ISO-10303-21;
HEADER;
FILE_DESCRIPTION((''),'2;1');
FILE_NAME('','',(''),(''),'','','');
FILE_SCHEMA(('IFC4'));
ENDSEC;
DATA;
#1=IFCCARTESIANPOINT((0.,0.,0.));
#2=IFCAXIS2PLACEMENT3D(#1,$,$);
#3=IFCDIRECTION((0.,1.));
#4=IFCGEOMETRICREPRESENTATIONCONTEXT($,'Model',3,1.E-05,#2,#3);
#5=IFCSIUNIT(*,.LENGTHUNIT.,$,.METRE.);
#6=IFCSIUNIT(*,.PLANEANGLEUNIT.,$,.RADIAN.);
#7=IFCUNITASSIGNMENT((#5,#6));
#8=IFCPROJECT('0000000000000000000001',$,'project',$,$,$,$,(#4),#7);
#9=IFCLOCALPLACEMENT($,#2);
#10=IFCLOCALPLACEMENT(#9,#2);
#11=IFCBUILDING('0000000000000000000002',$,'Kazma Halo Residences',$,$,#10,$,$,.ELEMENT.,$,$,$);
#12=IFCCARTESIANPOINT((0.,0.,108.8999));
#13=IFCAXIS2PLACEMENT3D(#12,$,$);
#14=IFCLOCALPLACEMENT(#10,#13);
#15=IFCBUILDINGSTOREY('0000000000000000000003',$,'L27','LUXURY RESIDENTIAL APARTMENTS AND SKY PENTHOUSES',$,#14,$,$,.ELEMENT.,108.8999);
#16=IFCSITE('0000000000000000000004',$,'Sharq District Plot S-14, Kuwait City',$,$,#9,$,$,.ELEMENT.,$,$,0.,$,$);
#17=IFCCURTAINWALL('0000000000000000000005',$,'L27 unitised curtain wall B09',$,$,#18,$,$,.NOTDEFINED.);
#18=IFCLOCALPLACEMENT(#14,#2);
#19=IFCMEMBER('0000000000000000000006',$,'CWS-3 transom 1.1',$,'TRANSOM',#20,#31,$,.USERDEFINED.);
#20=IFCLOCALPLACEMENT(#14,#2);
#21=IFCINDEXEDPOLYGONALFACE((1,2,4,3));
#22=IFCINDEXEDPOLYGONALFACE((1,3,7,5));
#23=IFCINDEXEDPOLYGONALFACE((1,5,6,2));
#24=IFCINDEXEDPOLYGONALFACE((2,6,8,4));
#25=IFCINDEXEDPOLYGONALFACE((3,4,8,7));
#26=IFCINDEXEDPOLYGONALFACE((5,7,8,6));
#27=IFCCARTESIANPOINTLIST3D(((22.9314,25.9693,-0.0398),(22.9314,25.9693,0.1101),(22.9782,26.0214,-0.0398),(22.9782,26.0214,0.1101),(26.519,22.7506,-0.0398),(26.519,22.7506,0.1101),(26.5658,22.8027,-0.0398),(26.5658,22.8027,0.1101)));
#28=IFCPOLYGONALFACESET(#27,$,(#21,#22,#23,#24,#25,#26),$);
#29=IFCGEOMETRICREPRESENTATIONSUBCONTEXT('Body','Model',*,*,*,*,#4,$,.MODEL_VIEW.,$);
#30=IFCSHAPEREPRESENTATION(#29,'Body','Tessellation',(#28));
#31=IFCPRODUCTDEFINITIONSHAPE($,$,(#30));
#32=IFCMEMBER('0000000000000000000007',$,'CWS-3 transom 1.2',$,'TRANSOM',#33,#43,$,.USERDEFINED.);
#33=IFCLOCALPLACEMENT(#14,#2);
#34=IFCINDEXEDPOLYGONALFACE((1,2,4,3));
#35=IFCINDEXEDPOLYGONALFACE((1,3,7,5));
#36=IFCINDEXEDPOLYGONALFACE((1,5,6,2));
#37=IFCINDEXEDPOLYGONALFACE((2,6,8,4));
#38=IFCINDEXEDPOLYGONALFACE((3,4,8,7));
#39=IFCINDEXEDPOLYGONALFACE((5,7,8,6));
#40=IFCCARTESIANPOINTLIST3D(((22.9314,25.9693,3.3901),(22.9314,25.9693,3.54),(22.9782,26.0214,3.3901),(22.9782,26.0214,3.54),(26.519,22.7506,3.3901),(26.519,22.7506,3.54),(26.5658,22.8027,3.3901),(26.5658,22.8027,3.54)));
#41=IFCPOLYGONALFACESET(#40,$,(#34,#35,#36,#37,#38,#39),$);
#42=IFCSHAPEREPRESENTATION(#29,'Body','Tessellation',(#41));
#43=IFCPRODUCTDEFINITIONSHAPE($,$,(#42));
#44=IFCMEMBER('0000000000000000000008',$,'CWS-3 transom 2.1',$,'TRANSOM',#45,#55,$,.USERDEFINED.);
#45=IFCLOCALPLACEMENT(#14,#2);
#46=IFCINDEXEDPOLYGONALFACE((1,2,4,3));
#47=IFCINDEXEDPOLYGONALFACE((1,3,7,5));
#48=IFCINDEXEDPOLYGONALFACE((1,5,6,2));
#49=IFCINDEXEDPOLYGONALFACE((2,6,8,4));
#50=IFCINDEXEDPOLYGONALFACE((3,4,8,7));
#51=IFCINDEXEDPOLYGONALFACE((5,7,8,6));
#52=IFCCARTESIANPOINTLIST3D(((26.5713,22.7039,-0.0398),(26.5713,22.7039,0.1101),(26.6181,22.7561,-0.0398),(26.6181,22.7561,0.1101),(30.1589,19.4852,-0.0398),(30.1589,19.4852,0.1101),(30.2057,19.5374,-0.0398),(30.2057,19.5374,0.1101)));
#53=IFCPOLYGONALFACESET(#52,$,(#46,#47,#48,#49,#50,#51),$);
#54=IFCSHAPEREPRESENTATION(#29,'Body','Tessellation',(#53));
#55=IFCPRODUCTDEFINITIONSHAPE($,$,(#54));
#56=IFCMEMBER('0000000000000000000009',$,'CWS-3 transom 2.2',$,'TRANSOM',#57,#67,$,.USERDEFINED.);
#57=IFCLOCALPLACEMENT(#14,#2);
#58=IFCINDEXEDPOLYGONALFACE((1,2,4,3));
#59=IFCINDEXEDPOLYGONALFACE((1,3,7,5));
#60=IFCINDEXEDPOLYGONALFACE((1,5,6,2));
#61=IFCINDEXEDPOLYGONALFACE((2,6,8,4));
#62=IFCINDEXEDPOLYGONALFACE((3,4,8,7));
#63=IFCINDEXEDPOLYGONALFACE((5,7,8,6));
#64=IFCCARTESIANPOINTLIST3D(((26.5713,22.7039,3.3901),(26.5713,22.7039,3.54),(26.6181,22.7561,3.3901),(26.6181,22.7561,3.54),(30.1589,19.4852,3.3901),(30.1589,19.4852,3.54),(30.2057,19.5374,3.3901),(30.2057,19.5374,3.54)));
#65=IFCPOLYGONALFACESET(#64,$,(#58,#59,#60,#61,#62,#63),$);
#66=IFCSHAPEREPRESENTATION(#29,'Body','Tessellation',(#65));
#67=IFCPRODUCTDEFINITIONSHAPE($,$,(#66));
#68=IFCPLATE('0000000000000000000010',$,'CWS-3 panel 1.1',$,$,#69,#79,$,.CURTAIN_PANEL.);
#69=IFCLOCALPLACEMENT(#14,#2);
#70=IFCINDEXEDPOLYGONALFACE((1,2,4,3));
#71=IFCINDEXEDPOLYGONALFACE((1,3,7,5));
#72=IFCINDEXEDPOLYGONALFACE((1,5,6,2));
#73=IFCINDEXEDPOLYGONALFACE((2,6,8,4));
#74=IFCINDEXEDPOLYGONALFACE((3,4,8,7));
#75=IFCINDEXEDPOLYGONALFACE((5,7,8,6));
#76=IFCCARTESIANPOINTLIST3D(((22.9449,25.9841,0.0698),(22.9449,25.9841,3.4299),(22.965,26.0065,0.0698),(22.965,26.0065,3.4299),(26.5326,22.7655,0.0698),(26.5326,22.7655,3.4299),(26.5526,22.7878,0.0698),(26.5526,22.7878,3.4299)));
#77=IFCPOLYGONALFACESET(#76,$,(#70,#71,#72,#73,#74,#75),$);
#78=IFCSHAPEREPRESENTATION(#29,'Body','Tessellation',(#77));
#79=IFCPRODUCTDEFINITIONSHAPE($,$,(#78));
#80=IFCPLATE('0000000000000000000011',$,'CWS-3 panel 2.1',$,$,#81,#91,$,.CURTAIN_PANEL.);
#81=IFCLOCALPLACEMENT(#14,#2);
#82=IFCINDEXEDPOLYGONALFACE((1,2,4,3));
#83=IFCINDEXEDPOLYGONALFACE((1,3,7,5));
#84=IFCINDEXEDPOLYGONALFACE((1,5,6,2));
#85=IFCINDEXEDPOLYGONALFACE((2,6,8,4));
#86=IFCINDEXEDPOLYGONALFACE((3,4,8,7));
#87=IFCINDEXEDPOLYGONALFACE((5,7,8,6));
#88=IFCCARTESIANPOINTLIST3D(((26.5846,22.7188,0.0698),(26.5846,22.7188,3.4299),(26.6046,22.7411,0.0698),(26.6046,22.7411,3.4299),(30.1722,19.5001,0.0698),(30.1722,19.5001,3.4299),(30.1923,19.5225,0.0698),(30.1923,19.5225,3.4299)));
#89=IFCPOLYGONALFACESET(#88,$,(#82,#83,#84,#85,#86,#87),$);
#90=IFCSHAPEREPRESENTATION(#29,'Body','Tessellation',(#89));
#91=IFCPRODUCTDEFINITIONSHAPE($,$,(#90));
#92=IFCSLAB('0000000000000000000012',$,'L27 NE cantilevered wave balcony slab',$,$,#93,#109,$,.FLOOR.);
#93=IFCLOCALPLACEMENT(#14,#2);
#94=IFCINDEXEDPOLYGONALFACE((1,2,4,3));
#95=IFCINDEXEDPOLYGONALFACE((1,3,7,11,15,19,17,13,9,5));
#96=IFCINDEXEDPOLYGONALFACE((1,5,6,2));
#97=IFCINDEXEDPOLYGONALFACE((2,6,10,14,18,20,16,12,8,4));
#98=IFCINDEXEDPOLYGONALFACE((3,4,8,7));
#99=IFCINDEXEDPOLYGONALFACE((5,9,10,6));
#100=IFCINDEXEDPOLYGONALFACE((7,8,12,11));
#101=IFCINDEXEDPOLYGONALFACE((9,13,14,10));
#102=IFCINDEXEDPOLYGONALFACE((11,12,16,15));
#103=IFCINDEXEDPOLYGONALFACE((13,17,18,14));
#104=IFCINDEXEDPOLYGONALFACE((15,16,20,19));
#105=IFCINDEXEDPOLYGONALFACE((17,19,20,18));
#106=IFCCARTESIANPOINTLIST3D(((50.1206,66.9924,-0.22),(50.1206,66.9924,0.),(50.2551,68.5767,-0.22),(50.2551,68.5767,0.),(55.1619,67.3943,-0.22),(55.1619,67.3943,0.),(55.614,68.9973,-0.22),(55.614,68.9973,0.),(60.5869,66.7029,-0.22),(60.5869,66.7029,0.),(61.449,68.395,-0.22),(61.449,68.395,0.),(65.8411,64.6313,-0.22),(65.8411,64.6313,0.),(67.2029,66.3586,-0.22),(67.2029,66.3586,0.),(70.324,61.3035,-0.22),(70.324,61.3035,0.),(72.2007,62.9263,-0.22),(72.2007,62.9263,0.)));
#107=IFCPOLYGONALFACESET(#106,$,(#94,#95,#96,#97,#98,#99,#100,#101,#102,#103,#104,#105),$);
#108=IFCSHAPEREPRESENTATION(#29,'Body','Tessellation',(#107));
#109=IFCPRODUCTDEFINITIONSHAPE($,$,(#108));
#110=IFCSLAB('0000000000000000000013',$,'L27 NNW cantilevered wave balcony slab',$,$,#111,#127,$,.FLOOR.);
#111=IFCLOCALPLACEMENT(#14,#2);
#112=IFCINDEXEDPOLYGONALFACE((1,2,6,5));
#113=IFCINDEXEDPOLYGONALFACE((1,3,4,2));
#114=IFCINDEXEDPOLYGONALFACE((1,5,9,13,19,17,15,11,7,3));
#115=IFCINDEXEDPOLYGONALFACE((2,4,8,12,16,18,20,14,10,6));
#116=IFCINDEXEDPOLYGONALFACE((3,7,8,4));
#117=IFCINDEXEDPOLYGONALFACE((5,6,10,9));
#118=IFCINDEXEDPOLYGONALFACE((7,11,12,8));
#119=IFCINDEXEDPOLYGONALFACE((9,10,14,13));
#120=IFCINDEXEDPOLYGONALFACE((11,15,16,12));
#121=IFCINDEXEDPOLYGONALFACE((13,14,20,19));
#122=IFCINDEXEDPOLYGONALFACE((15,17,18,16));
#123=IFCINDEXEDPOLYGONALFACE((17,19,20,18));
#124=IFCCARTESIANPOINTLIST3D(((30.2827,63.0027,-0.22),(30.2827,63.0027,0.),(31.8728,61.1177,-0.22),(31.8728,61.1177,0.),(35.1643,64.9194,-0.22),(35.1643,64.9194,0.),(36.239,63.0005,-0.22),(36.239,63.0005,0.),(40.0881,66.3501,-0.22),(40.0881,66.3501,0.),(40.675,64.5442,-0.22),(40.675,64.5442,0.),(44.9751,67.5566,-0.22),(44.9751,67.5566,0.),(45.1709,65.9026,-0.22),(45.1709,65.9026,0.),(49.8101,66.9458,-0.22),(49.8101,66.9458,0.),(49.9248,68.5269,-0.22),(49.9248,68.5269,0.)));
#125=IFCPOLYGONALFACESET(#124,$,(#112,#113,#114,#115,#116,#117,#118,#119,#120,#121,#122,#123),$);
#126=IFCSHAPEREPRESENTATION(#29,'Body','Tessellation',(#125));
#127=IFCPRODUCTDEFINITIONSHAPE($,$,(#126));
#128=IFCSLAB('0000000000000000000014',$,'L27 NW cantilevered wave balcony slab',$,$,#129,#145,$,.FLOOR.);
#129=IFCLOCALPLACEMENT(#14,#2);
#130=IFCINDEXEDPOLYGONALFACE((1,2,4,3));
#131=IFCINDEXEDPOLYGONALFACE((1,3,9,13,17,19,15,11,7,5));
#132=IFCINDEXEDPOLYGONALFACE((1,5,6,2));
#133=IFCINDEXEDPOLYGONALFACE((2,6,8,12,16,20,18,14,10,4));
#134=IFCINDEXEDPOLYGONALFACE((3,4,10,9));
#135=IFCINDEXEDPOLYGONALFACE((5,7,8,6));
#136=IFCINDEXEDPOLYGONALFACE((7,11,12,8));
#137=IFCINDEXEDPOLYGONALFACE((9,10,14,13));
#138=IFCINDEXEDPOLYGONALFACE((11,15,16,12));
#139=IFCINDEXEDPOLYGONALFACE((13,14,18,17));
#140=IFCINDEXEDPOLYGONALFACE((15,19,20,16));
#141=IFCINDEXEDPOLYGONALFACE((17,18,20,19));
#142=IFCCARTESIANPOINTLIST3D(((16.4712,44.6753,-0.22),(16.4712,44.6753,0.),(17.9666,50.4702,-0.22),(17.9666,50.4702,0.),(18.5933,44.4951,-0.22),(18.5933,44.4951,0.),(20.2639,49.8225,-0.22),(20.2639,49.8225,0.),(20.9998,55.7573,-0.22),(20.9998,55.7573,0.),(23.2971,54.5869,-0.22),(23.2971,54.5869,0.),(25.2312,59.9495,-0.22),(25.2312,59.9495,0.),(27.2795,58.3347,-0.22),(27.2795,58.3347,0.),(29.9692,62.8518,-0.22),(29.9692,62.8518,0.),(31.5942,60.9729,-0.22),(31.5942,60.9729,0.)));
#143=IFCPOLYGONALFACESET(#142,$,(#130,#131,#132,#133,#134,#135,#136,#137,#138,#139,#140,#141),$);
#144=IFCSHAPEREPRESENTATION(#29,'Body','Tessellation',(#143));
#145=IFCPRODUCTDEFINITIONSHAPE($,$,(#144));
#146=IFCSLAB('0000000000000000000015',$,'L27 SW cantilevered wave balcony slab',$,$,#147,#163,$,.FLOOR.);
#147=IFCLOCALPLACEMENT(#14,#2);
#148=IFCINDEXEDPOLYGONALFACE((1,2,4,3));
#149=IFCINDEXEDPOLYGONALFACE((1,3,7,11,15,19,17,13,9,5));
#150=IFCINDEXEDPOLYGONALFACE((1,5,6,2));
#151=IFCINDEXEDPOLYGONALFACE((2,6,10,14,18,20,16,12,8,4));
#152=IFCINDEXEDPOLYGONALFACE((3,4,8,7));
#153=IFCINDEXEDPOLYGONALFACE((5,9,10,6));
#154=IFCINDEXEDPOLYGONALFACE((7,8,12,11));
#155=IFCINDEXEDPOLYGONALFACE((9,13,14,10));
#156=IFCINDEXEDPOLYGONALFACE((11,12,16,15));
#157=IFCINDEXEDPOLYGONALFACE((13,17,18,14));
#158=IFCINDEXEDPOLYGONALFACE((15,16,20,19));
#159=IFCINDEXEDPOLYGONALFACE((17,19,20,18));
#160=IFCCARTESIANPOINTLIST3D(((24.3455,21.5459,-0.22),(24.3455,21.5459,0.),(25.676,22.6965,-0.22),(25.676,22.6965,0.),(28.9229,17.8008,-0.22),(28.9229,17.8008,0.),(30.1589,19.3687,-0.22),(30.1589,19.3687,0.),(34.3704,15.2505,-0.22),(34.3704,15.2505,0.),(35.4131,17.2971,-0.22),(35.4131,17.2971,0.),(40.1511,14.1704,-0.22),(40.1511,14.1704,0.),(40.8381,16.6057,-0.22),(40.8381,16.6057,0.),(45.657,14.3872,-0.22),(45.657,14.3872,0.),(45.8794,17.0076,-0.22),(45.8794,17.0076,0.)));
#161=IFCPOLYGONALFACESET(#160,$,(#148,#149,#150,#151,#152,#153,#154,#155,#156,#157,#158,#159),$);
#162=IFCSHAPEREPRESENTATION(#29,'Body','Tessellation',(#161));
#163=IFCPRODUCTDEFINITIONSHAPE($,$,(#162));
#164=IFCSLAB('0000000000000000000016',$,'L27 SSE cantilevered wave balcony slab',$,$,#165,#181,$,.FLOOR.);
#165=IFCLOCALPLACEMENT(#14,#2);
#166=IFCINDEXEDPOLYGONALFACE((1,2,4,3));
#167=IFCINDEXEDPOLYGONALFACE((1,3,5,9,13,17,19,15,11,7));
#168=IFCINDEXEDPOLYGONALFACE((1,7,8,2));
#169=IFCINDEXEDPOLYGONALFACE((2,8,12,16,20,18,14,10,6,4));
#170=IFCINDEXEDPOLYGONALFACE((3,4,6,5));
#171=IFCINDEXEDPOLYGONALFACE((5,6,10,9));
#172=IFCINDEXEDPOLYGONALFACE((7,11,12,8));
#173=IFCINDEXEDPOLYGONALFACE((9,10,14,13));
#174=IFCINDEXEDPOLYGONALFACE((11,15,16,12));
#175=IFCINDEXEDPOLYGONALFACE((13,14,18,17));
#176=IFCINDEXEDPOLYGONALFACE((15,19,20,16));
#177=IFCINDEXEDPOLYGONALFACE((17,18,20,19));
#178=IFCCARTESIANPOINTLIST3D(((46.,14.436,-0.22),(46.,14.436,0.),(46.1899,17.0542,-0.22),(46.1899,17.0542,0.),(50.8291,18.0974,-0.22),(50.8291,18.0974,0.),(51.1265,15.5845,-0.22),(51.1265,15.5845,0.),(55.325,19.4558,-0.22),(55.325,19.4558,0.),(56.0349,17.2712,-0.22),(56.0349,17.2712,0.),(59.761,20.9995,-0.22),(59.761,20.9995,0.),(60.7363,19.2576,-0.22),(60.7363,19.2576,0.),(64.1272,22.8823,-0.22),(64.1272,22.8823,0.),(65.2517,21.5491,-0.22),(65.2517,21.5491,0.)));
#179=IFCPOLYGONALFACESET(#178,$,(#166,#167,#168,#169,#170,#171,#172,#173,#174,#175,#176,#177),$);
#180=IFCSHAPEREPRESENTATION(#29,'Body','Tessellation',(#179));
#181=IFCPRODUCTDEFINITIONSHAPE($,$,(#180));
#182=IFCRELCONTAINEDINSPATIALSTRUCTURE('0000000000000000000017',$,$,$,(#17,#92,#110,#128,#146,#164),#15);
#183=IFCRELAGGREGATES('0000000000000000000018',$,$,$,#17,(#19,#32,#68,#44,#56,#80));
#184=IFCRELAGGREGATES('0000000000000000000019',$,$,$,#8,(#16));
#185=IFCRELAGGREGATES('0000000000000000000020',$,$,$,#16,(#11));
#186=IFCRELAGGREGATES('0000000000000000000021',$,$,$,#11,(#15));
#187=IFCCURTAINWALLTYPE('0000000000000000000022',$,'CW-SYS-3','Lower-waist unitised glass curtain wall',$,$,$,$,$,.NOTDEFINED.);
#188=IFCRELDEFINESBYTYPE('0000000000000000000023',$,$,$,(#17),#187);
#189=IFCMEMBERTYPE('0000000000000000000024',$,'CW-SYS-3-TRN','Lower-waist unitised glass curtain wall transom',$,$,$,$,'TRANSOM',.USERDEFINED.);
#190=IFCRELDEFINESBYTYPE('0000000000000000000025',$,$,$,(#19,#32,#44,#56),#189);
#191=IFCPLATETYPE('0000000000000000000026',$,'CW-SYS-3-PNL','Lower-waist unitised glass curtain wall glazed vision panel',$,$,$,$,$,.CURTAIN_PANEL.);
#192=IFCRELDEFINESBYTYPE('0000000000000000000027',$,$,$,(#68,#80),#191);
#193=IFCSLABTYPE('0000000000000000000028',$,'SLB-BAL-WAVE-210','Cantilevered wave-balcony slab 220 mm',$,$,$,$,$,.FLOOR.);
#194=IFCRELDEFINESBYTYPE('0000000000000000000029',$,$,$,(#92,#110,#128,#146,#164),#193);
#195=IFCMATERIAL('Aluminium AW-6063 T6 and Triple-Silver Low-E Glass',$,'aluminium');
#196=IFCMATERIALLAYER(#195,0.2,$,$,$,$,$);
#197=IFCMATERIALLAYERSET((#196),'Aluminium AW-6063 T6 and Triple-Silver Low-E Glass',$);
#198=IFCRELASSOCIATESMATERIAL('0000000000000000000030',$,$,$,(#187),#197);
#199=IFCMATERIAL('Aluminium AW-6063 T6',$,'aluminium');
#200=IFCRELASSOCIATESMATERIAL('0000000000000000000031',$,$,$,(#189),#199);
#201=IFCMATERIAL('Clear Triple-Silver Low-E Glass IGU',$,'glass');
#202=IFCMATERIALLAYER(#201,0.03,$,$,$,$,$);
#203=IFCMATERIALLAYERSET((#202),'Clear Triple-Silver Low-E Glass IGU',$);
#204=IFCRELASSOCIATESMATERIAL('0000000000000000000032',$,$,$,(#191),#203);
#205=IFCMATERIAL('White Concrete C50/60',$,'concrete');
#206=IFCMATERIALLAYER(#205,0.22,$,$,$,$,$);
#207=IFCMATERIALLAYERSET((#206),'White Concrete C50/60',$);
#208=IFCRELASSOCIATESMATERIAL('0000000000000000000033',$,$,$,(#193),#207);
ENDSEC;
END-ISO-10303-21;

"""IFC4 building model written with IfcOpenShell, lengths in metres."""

from ifc_helpers import new_model, si_unit, direction, frame, origin, origin_2d, place, context, subcontext, project, spatial, polyline, rectangle, outline, extrude, material, layer, layer_set, material_profile, profile_set, type_object, element, aggregate, save


model = new_model("IFC4")

# Units and contexts
model_context = context("Model", 3, precision=1e-05, world=origin(), true_north=direction((0.0, 1.0)))
body_context = subcontext(model_context, "Body", "Model", "MODEL_VIEW")
ifc_project = project(units=[si_unit("LENGTHUNIT", "METRE"), si_unit("PLANEANGLEUNIT", "RADIAN")], contexts=[model_context])

# Site, building, storey
site_placement = place(None, origin())
site = spatial("IfcSite", under=ifc_project, at=site_placement, Name="Sharq District Plot S-14, Kuwait City", CompositionType="ELEMENT", RefElevation=0.0)
building_placement = place(site_placement, origin())
building = spatial("IfcBuilding", under=site, at=building_placement, Name="Kazma Halo Residences", CompositionType="ELEMENT")
storey_placement = place(building_placement, frame((0.0, 0.0, 108.8999)))
storey = spatial("IfcBuildingStorey", under=building, at=storey_placement, Name="L27", Description="LUXURY RESIDENTIAL APARTMENTS AND SKY PENTHOUSES", CompositionType="ELEMENT", Elevation=108.8999)

# Curtain wall, members, plates
ifc_material_1 = material(Name="Aluminium AW-6063 T6 and Triple-Silver Low-E Glass", Category="aluminium")
ifc_layer_1 = layer(ifc_material_1, 0.2)
ifc_layer_set_1 = layer_set([ifc_layer_1], Name="Aluminium AW-6063 T6 and Triple-Silver Low-E Glass")
curtain_wall_type = type_object("IfcCurtainWallType", Name="CW-SYS-3", Description="Lower-waist unitised glass curtain wall", PredefinedType="NOTDEFINED", material=ifc_layer_set_1)
curtain_wall_placement = place(storey_placement, origin())
curtain_wall = element("IfcCurtainWall", 1, at=curtain_wall_placement, inside=storey, type_object=curtain_wall_type, Name="L27 unitised curtain wall B09", PredefinedType="NOTDEFINED")
ifc_material_2 = material(Name="Aluminium AW-6063 T6", Category="aluminium")
ifc_material_profile_1 = material_profile(ifc_material_2, rectangle(XDim=0.0701, YDim=0.1499, at=origin_2d()), Name="CWT-70x150")
ifc_profile_set_1 = profile_set([ifc_material_profile_1], Name="Aluminium AW-6063 T6")
member_type_1 = type_object("IfcMemberType", Name="CW-SYS-3-TRN", Description="Lower-waist unitised glass curtain wall transom", ElementType="TRANSOM", PredefinedType="USERDEFINED", material=ifc_profile_set_1)
member_1_placement = place(storey_placement, frame((22.9548, 25.9954, 0.0352), z_axis=(0.744338, -0.667803, 0.0), x_axis=(0.667803, 0.744338, 0.0)))
member_1 = element("IfcMember", 2, at=member_1_placement, type_object=member_type_1, Name="CWS-3 transom 1.1", ObjectType="TRANSOM", PredefinedType="USERDEFINED", context=body_context, shape_type="SweptSolid", body=[
    extrude(rectangle(XDim=0.0701, YDim=0.1499, at=origin_2d()), origin(), (0.0, 0.0, 1.0), 4.8198),
])
member_2_placement = place(storey_placement, frame((22.9548, 25.9954, 3.4651), z_axis=(0.744338, -0.667803, 0.0), x_axis=(0.667803, 0.744338, 0.0)))
member_2 = element("IfcMember", 3, at=member_2_placement, type_object=member_type_1, Name="CWS-3 transom 1.2", ObjectType="TRANSOM", PredefinedType="USERDEFINED", context=body_context, shape_type="SweptSolid", body=[
    extrude(rectangle(XDim=0.0701, YDim=0.1499, at=origin_2d()), origin(), (0.0, 0.0, 1.0), 4.8198),
])
member_3_placement = place(storey_placement, frame((26.5947, 22.73, 0.0352), z_axis=(0.744338, -0.667803, 0.0), x_axis=(0.667803, 0.744338, 0.0)))
member_3 = element("IfcMember", 4, at=member_3_placement, type_object=member_type_1, Name="CWS-3 transom 2.1", ObjectType="TRANSOM", PredefinedType="USERDEFINED", context=body_context, shape_type="SweptSolid", body=[
    extrude(rectangle(XDim=0.0701, YDim=0.1499, at=origin_2d()), origin(), (0.0, 0.0, 1.0), 4.8198),
])
member_4_placement = place(storey_placement, frame((26.5947, 22.73, 3.4651), z_axis=(0.744338, -0.667803, 0.0), x_axis=(0.667803, 0.744338, 0.0)))
member_4 = element("IfcMember", 5, at=member_4_placement, type_object=member_type_1, Name="CWS-3 transom 2.2", ObjectType="TRANSOM", PredefinedType="USERDEFINED", context=body_context, shape_type="SweptSolid", body=[
    extrude(rectangle(XDim=0.0701, YDim=0.1499, at=origin_2d()), origin(), (0.0, 0.0, 1.0), 4.8198),
])
ifc_material_3 = material(Name="Clear Triple-Silver Low-E Glass IGU", Category="glass")
ifc_layer_2 = layer(ifc_material_3, 0.03)
ifc_layer_set_2 = layer_set([ifc_layer_2], Name="Clear Triple-Silver Low-E Glass IGU")
plate_type = type_object("IfcPlateType", Name="CW-SYS-3-PNL", Description="Lower-waist unitised glass curtain wall glazed vision panel", PredefinedType="CURTAIN_PANEL", material=ifc_layer_set_2)
plate_1_placement = place(storey_placement, frame((24.7488, 24.386, 0.0698), z_axis=(0.0, 0.0, 1.0), x_axis=(0.744345, -0.667795, 0.0)))
plate_1 = element("IfcPlate", 6, at=plate_1_placement, type_object=plate_type, Name="CWS-3 panel 1.1", PredefinedType="CURTAIN_PANEL", context=body_context, shape_type="SweptSolid", body=[
    extrude(rectangle(XDim=4.8198, YDim=0.03, at=origin_2d()), origin(), (0.0, 0.0, 1.0), 3.3601),
])
plate_2_placement = place(storey_placement, frame((28.3884, 21.1206, 0.0698), z_axis=(0.0, 0.0, 1.0), x_axis=(0.744345, -0.667795, 0.0)))
plate_2 = element("IfcPlate", 7, at=plate_2_placement, type_object=plate_type, Name="CWS-3 panel 2.1", PredefinedType="CURTAIN_PANEL", context=body_context, shape_type="SweptSolid", body=[
    extrude(rectangle(XDim=4.8198, YDim=0.03, at=origin_2d()), origin(), (0.0, 0.0, 1.0), 3.3601),
])
aggregate(curtain_wall, [member_1, member_2, plate_1, member_3, member_4, plate_2])

# Slabs
ifc_material_4 = material(Name="White Concrete C50/60", Category="concrete")
ifc_layer_3 = layer(ifc_material_4, 0.22)
ifc_layer_set_3 = layer_set([ifc_layer_3], Name="White Concrete C50/60")
slab_type_1 = type_object("IfcSlabType", Name="SLB-BAL-WAVE-210", Description="Cantilevered wave-balcony slab 220 mm", PredefinedType="FLOOR", material=ifc_layer_set_3)
slab_1_placement = place(storey_placement, frame((0.0, 0.0, -0.22)))
element("IfcSlab", 8, at=slab_1_placement, inside=storey, type_object=slab_type_1, Name="L27 NE cantilevered wave balcony slab", PredefinedType="FLOOR", context=body_context, shape_type="SweptSolid", body=[
    extrude(outline(polyline([(70.324, 61.3035), (65.8411, 64.6313), (60.5869, 66.7029), (55.1619, 67.3943), (50.1206, 66.9924), (50.2551, 68.5767), (55.614, 68.9973), (61.449, 68.395), (67.2029, 66.3586), (72.2007, 62.9263), (70.324, 61.3035)])), origin(), (0.0, 0.0, 1.0), 0.22),
])
slab_2_placement = place(storey_placement, frame((0.0, 0.0, -0.22)))
element("IfcSlab", 9, at=slab_2_placement, inside=storey, type_object=slab_type_1, Name="L27 NNW cantilevered wave balcony slab", PredefinedType="FLOOR", context=body_context, shape_type="SweptSolid", body=[
    extrude(outline(polyline([(49.8101, 66.9458), (45.1709, 65.9026), (40.675, 64.5442), (36.239, 63.0005), (31.8728, 61.1177), (30.2827, 63.0027), (35.1643, 64.9194), (40.0881, 66.3501), (44.9751, 67.5566), (49.9248, 68.5269), (49.8101, 66.9458)])), origin(), (0.0, 0.0, 1.0), 0.22),
])
slab_3_placement = place(storey_placement, frame((0.0, 0.0, -0.22)))
element("IfcSlab", 10, at=slab_3_placement, inside=storey, type_object=slab_type_1, Name="L27 NW cantilevered wave balcony slab", PredefinedType="FLOOR", context=body_context, shape_type="SweptSolid", body=[
    extrude(outline(polyline([(31.5942, 60.9729), (27.2795, 58.3347), (23.2971, 54.5869), (20.2639, 49.8225), (18.5933, 44.4951), (16.4712, 44.6753), (17.9666, 50.4702), (20.9998, 55.7573), (25.2312, 59.9495), (29.9692, 62.8518), (31.5942, 60.9729)])), origin(), (0.0, 0.0, 1.0), 0.22),
])
slab_4_placement = place(storey_placement, frame((0.0, 0.0, -0.22)))
element("IfcSlab", 11, at=slab_4_placement, inside=storey, type_object=slab_type_1, Name="L27 SW cantilevered wave balcony slab", PredefinedType="FLOOR", context=body_context, shape_type="SweptSolid", body=[
    extrude(outline(polyline([(25.676, 22.6965), (30.1589, 19.3687), (35.4131, 17.2971), (40.8381, 16.6057), (45.8794, 17.0076), (45.657, 14.3872), (40.1511, 14.1704), (34.3704, 15.2505), (28.9229, 17.8008), (24.3455, 21.5459), (25.676, 22.6965)])), origin(), (0.0, 0.0, 1.0), 0.22),
])
slab_5_placement = place(storey_placement, frame((0.0, 0.0, -0.22)))
element("IfcSlab", 12, at=slab_5_placement, inside=storey, type_object=slab_type_1, Name="L27 SSE cantilevered wave balcony slab", PredefinedType="FLOOR", context=body_context, shape_type="SweptSolid", body=[
    extrude(outline(polyline([(46.1899, 17.0542), (50.8291, 18.0974), (55.325, 19.4558), (59.761, 20.9995), (64.1272, 22.8823), (65.2517, 21.5491), (60.7363, 19.2576), (56.0349, 17.2712), (51.1265, 15.5845), (46.0, 14.436), (46.1899, 17.0542)])), origin(), (0.0, 0.0, 1.0), 0.22),
])

save(model, "model.ifc")
